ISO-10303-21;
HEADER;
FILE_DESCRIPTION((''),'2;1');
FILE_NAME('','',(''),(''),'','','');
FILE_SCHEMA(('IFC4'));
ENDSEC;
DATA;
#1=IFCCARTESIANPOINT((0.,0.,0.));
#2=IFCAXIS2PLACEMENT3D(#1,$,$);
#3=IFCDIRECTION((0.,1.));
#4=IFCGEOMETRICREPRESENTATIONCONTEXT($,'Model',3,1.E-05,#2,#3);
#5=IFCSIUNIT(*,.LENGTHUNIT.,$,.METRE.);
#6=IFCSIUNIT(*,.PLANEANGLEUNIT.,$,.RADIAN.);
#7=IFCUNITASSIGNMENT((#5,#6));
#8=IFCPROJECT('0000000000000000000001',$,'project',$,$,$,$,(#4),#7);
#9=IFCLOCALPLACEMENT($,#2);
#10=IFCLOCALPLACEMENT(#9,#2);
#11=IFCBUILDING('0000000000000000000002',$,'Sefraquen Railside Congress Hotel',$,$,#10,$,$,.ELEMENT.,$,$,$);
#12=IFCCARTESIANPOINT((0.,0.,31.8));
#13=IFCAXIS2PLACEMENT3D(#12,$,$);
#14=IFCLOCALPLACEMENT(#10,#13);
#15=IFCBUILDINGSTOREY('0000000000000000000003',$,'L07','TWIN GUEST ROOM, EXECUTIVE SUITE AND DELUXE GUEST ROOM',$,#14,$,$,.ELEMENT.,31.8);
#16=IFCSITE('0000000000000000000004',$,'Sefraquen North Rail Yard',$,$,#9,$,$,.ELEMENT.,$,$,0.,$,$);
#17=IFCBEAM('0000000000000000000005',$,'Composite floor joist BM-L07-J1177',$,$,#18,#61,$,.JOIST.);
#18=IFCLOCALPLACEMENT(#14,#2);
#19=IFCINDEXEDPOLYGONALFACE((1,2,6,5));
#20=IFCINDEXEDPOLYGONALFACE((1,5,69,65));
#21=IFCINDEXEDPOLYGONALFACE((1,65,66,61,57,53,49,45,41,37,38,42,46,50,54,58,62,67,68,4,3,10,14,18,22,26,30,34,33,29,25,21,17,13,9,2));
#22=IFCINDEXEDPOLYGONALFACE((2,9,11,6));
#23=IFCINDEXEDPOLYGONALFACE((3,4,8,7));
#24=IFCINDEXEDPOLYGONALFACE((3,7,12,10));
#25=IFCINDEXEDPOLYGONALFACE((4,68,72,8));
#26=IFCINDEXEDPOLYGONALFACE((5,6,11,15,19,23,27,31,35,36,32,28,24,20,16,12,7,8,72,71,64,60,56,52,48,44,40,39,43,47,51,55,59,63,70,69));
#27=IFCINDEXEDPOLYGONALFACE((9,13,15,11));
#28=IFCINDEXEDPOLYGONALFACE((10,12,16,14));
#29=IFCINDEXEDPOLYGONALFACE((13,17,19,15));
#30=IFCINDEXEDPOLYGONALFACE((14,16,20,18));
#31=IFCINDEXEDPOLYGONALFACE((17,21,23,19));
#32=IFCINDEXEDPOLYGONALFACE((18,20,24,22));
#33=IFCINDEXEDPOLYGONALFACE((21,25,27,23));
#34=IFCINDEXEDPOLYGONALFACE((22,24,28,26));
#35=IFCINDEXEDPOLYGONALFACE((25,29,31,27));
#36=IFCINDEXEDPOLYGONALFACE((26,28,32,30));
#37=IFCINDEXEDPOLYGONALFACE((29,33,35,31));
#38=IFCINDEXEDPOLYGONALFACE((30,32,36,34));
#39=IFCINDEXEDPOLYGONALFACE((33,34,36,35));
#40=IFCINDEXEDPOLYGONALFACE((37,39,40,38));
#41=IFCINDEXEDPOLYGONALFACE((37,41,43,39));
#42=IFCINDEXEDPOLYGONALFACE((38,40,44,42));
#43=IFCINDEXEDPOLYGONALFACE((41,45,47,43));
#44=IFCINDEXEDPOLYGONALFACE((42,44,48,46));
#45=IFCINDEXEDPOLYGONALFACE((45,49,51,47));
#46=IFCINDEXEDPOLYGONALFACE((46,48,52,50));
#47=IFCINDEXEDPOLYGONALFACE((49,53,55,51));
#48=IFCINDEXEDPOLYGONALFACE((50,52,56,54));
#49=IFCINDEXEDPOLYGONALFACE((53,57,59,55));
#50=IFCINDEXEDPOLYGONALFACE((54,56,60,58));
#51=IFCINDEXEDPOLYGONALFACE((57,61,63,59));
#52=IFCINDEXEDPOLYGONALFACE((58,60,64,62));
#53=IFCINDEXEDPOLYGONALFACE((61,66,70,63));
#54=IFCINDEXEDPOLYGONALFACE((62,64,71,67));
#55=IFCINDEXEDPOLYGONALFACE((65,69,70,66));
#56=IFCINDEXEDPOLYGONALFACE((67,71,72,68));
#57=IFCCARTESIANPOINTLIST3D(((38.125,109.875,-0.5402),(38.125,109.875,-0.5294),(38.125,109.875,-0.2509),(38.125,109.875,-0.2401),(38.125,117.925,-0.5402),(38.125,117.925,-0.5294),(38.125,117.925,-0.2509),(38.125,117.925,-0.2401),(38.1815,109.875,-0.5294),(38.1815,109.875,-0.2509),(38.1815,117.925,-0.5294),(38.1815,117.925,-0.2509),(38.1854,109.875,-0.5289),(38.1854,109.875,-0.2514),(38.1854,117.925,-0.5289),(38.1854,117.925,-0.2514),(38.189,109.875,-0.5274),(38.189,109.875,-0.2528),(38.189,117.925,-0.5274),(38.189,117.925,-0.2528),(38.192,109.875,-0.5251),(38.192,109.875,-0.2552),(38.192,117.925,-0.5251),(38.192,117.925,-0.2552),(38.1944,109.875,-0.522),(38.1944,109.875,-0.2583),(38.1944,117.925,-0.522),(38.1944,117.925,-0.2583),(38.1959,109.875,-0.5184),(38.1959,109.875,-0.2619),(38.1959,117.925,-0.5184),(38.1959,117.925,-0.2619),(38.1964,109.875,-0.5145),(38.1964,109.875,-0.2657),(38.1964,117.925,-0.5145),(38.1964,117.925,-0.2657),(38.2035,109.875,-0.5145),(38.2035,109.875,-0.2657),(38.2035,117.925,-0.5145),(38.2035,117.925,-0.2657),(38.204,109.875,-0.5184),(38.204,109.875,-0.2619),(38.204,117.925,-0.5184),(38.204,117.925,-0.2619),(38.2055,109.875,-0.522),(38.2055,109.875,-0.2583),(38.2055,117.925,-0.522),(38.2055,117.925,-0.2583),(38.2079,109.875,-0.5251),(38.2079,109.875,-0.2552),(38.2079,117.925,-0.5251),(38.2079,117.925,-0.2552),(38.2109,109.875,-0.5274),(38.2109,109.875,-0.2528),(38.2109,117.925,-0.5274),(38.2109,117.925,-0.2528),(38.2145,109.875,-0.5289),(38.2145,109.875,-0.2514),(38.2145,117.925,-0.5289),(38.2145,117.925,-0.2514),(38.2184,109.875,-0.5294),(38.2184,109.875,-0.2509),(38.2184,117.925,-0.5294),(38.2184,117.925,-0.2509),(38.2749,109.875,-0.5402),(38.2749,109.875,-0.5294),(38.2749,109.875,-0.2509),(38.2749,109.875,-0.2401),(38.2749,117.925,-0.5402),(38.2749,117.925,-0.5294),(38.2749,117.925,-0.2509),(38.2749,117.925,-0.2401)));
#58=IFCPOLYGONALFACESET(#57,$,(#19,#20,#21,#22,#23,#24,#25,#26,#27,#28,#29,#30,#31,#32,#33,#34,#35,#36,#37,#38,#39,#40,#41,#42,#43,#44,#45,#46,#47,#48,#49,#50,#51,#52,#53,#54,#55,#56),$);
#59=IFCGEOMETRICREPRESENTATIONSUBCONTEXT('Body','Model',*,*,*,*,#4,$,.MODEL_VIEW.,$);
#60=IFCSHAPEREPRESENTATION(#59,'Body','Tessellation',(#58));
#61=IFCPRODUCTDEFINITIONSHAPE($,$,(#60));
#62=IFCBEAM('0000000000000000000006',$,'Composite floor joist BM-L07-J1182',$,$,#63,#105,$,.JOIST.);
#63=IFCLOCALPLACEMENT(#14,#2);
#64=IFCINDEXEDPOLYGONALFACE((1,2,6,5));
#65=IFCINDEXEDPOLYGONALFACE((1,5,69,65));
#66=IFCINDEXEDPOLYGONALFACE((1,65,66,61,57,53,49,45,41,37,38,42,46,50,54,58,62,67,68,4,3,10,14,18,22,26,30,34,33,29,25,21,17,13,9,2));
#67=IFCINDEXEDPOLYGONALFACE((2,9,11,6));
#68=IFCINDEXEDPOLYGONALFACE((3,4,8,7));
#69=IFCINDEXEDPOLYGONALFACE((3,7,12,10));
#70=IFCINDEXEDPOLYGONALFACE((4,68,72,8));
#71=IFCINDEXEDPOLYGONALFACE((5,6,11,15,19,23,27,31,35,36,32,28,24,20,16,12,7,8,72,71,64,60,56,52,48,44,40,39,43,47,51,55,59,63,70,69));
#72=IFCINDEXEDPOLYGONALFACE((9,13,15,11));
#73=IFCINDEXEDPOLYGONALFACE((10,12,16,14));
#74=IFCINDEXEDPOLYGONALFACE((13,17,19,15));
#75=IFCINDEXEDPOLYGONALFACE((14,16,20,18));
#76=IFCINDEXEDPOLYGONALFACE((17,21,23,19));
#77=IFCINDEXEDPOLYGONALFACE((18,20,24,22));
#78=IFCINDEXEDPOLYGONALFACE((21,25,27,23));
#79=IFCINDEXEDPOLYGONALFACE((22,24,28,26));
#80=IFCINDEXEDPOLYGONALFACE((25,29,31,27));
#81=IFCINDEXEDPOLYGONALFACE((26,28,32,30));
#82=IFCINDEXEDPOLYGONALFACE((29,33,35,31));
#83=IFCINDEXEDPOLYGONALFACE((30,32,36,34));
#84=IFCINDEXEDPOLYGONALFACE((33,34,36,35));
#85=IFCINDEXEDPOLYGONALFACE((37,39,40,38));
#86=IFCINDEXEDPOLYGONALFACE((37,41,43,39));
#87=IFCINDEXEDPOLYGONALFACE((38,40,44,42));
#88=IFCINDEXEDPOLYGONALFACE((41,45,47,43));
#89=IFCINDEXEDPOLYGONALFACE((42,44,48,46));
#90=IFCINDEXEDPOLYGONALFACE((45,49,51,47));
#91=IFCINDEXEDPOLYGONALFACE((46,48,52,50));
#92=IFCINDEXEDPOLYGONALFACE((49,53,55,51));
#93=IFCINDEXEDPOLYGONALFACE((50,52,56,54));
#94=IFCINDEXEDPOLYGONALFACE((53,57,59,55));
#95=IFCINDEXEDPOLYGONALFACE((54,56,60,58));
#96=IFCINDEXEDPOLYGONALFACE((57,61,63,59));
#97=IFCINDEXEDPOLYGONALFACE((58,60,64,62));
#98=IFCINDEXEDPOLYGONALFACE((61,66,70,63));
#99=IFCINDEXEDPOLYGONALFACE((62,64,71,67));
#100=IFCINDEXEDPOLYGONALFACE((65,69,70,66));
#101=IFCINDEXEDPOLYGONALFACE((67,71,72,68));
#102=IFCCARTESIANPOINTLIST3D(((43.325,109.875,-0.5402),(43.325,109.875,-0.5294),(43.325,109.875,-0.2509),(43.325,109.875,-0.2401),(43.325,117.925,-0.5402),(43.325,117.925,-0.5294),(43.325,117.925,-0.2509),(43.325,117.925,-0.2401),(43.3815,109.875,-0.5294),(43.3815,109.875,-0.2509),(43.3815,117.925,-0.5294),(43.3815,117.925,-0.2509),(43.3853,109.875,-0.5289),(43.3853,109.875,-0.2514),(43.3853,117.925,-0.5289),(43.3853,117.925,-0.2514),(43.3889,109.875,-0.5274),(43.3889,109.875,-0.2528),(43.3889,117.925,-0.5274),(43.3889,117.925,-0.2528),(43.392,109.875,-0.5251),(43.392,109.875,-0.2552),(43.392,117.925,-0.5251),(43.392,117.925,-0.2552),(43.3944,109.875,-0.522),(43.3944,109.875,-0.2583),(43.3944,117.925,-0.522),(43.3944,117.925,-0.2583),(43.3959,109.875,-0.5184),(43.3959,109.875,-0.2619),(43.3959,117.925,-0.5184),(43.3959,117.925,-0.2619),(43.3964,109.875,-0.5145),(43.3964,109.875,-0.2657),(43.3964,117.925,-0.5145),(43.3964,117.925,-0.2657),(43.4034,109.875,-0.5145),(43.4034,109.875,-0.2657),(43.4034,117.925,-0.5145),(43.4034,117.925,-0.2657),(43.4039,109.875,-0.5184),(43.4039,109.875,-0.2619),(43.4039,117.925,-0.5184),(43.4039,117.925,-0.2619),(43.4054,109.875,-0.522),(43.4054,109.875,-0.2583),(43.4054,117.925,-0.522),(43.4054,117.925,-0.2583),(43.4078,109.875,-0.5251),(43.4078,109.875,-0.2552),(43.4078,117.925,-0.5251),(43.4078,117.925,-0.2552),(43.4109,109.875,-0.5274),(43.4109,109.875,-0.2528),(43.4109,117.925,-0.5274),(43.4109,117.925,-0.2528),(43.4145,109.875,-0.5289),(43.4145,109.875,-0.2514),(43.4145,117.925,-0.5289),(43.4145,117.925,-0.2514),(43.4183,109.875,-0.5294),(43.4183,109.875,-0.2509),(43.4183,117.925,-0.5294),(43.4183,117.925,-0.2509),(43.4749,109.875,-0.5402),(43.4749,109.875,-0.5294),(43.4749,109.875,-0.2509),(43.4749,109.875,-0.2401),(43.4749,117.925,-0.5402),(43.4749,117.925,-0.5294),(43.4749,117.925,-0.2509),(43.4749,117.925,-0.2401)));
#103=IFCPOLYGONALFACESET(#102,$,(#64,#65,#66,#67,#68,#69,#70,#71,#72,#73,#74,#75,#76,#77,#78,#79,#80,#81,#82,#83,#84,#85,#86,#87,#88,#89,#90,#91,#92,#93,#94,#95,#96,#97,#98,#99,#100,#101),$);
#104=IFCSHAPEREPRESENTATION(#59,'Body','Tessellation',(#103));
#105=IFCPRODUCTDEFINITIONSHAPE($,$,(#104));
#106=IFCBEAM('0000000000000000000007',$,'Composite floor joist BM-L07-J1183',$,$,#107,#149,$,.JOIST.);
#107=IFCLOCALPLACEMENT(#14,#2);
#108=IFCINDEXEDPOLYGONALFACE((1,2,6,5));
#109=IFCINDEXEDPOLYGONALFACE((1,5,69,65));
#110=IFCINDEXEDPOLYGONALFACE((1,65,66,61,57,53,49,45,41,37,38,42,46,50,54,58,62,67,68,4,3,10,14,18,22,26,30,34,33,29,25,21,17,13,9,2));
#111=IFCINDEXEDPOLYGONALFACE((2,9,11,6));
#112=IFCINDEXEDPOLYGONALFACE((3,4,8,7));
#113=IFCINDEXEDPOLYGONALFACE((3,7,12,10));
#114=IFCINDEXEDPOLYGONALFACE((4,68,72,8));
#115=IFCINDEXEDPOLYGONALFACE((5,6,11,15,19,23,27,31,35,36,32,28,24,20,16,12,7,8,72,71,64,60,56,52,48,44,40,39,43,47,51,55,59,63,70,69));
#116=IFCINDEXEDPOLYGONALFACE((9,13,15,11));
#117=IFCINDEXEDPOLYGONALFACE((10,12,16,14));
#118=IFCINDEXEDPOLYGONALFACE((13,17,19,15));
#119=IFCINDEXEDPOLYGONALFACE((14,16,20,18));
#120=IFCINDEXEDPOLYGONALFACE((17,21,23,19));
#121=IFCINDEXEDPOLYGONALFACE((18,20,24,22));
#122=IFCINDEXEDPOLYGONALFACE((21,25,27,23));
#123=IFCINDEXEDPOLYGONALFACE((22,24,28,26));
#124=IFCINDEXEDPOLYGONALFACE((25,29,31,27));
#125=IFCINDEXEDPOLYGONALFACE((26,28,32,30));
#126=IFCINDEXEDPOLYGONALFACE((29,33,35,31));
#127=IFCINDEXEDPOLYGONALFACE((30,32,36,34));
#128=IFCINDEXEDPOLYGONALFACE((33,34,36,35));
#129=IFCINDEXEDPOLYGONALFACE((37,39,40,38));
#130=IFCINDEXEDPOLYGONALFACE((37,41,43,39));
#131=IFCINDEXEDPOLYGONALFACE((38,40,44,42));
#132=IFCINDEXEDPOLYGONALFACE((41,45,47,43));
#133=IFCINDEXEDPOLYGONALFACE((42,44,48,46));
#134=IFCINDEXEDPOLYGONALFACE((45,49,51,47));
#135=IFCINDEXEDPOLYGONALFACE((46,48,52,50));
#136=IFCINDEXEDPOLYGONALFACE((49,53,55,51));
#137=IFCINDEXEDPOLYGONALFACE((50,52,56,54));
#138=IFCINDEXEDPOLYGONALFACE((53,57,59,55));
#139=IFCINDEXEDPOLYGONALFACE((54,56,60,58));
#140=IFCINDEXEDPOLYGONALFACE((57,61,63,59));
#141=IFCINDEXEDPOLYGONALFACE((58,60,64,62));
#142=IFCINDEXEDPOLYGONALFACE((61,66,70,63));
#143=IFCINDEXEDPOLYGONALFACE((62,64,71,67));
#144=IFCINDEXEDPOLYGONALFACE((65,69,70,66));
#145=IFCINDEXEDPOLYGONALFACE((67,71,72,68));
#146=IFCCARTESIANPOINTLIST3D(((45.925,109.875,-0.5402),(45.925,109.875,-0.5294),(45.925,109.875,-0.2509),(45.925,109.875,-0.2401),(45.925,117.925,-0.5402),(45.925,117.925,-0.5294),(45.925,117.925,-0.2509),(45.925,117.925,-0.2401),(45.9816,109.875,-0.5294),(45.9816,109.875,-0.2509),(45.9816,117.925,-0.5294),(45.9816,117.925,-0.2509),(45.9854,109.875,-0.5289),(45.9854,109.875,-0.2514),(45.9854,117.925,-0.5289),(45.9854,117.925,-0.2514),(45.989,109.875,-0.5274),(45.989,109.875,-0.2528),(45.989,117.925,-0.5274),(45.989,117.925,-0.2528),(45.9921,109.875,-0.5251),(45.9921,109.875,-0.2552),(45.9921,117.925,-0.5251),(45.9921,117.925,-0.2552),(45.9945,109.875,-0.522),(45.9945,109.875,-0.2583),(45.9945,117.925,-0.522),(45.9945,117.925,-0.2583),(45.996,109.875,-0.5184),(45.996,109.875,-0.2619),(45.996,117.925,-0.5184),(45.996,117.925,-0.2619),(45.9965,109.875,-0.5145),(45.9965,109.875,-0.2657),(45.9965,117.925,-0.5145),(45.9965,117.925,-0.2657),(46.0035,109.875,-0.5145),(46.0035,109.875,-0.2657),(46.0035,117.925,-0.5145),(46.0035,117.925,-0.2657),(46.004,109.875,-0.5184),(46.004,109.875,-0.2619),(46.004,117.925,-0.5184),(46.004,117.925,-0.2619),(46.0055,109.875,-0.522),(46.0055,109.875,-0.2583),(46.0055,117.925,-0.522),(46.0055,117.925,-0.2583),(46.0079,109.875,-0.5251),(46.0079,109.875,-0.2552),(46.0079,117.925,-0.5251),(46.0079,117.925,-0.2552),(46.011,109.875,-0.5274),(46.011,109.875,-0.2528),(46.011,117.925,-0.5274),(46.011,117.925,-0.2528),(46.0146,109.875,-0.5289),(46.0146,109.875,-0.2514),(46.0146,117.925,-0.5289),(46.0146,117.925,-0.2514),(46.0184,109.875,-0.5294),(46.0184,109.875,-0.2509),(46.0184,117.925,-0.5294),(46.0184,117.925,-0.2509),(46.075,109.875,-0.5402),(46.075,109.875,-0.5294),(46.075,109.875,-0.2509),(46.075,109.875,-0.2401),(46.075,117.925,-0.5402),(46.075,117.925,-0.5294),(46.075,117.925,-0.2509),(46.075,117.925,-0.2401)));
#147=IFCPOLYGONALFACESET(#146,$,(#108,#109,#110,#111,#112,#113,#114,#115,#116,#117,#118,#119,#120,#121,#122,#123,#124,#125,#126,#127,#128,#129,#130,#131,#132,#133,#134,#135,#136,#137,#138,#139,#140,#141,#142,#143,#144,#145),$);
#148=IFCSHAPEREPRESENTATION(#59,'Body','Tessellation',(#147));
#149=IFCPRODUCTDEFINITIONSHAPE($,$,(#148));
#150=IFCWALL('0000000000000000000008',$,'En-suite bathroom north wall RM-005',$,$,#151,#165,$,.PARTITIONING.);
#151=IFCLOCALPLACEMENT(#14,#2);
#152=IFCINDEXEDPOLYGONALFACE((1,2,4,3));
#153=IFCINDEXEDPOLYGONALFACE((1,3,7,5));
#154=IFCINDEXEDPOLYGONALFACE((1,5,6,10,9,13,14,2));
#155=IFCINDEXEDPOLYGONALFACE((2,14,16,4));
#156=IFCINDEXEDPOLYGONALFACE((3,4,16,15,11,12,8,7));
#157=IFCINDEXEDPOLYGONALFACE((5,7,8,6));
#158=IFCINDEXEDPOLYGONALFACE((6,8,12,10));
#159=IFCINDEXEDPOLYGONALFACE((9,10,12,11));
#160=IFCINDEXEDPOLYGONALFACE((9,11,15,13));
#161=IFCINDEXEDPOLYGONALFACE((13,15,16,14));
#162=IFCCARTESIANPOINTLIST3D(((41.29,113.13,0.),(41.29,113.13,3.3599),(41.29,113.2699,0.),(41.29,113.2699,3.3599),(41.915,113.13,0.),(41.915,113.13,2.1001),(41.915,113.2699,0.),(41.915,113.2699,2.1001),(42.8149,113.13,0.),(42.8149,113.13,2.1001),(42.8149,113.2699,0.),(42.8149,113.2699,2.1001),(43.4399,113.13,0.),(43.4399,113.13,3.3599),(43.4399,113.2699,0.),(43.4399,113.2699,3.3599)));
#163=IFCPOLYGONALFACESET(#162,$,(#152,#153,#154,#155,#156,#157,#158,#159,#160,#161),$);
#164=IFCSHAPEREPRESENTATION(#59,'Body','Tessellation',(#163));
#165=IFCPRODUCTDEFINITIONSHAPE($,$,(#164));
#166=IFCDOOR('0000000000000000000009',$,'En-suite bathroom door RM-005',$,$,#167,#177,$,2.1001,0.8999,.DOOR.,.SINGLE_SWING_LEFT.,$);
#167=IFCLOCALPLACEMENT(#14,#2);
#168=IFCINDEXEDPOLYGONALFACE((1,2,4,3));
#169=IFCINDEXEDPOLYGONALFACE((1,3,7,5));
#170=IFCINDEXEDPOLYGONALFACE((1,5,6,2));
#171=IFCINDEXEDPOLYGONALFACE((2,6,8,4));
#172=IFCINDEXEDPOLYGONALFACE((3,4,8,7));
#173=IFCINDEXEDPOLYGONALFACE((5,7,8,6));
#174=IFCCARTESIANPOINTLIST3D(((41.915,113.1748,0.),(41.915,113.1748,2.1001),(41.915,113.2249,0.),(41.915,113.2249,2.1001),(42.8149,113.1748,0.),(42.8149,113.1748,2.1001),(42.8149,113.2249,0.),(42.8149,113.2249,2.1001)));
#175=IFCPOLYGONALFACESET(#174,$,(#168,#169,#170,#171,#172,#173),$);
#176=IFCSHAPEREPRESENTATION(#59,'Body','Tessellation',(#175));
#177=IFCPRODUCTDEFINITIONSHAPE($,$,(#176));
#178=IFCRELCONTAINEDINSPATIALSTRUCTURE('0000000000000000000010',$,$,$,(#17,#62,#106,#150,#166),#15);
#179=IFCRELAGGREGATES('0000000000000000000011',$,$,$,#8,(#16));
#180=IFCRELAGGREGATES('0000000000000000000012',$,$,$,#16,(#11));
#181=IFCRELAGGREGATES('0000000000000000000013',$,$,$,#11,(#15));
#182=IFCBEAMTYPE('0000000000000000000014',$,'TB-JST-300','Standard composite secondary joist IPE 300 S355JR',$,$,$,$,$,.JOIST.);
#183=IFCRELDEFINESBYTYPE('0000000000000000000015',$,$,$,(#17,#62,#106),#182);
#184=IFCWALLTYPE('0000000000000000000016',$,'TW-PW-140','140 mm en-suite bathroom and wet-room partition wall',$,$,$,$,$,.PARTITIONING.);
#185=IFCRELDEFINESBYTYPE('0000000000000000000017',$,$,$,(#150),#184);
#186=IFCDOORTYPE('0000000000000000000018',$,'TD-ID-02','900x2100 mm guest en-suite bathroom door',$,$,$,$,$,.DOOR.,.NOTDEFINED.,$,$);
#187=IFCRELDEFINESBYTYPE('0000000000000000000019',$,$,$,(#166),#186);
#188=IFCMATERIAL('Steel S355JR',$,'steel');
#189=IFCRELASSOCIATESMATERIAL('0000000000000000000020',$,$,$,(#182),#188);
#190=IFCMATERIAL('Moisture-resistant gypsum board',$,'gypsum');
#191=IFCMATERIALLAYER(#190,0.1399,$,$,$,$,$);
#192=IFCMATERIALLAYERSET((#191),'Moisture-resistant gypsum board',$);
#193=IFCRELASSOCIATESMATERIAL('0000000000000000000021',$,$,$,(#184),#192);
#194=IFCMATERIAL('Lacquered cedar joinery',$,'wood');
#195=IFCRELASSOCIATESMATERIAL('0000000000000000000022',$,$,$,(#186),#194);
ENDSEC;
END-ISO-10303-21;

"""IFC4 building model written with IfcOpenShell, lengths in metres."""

from ifc_helpers import new_model, si_unit, direction, frame, frame_2d, origin, origin_2d, place, context, subcontext, project, spatial, rectangle, i_section, extrude, material, layer, layer_set, material_profile, profile_set, type_object, element, fill, save


model = new_model("IFC4")

# Units and contexts
model_context = context("Model", 3, precision=1e-05, world=origin(), true_north=direction((0.0, 1.0)))
body_context = subcontext(model_context, "Body", "Model", "MODEL_VIEW")
ifc_project = project(units=[si_unit("LENGTHUNIT", "METRE"), si_unit("PLANEANGLEUNIT", "RADIAN")], contexts=[model_context])

# Site, building, storey
site_placement = place(None, origin())
site = spatial("IfcSite", under=ifc_project, at=site_placement, Name="Sefraquen North Rail Yard", CompositionType="ELEMENT", RefElevation=0.0)
building_placement = place(site_placement, origin())
building = spatial("IfcBuilding", under=site, at=building_placement, Name="Sefraquen Railside Congress Hotel", CompositionType="ELEMENT")
storey_placement = place(building_placement, frame((0.0, 0.0, 31.8)))
storey = spatial("IfcBuildingStorey", under=building, at=storey_placement, Name="L07", Description="TWIN GUEST ROOM, EXECUTIVE SUITE AND DELUXE GUEST ROOM", CompositionType="ELEMENT", Elevation=31.8)

# Shared definitions
ifc_material_1 = material(Name="Steel S355JR", Category="steel")

# Beams
ifc_material_profile_1 = material_profile(ifc_material_1, i_section(OverallWidth=0.1499, OverallDepth=0.3, WebThickness=0.0071, FlangeThickness=0.0107, FilletRadius=0.0149, at=origin_2d()), Name="IPE 300")
ifc_profile_set_1 = profile_set([ifc_material_profile_1], Name="Steel S355JR")
beam_type_1 = type_object("IfcBeamType", Name="TB-JST-300", Description="Standard composite secondary joist IPE 300 S355JR", PredefinedType="JOIST", material=ifc_profile_set_1)
for number, where, z_axis, x_axis, name in (
    (1, (38.2, 109.875, -0.3901), (0.0, 1.0, 0.0), (-1.0, 0.0, 0.0), "Composite floor joist BM-L07-J1177"),
    (2, (43.3999, 109.875, -0.3901), (0.0, 1.0, 0.0), (-1.0, 0.0, 0.0), "Composite floor joist BM-L07-J1182"),
    (3, (46.0, 109.875, -0.3901), (0.0, 1.0, 0.0), (-1.0, 0.0, 0.0), "Composite floor joist BM-L07-J1183"),
):
    element("IfcBeam", number, at=place(storey_placement, frame(where, z_axis=z_axis, x_axis=x_axis)), inside=storey, type_object=beam_type_1, Name=name, PredefinedType="JOIST", context=body_context, shape_type="SweptSolid", body=[
        extrude(i_section(OverallWidth=0.1499, OverallDepth=0.3, WebThickness=0.0071, FlangeThickness=0.0107, FilletRadius=0.0149, at=origin_2d()), origin(), (0.0, 0.0, 1.0), 8.05),
    ])

# Wall, opening, door
ifc_material_2 = material(Name="Moisture-resistant gypsum board", Category="gypsum")
ifc_layer = layer(ifc_material_2, 0.1399)
ifc_layer_set = layer_set([ifc_layer], Name="Moisture-resistant gypsum board")
wall_type = type_object("IfcWallType", Name="TW-PW-140", Description="140 mm en-suite bathroom and wet-room partition wall", PredefinedType="PARTITIONING", material=ifc_layer_set)
ifc_material_3 = material(Name="Lacquered cedar joinery", Category="wood")
wall_1_placement = place(storey_placement, frame((41.29, 113.2, 0.0), z_axis=(0.0, 0.0, 1.0), x_axis=(1.0, 0.0, 0.0)))
wall_1 = element("IfcWall", 4, at=wall_1_placement, inside=storey, type_object=wall_type, Name="En-suite bathroom north wall RM-005", PredefinedType="PARTITIONING", context=body_context, shape_type="SweptSolid", body=[
    extrude(rectangle(XDim=2.1499, YDim=0.1399, at=frame_2d((1.075, 0.0))), origin(), (0.0, 0.0, 1.0), 3.3599),
])
opening_1_placement = place(wall_1_placement, frame((0.625, 0.0, 0.0)))
opening_1 = element("IfcOpeningElement", 5, at=opening_1_placement, cuts=wall_1, PredefinedType="OPENING", context=body_context, shape_type="SweptSolid", body=[
    extrude(rectangle(XDim=0.8999, YDim=2.1001, at=frame_2d((0.45, 1.05))), frame((0.0, 0.0798, 0.0), z_axis=(0.0, -1.0, 0.0), x_axis=(1.0, 0.0, 0.0)), (0.0, 0.0, 1.0), 0.1599),
])
door_type_1 = type_object("IfcDoorType", Name="TD-ID-02", Description="900x2100 mm guest en-suite bathroom door", OperationType="NOTDEFINED", PredefinedType="DOOR", material=ifc_material_3)
door_1_placement = place(opening_1_placement, origin())
door_1 = element("IfcDoor", 6, at=door_1_placement, inside=storey, type_object=door_type_1, Name="En-suite bathroom door RM-005", OperationType="SINGLE_SWING_LEFT", OverallHeight=2.1001, OverallWidth=0.8999, PredefinedType="DOOR", context=body_context, shape_type="SweptSolid", body=[
    extrude(rectangle(XDim=0.8999, YDim=2.1001, at=frame_2d((0.45, 1.05))), frame((0.0, 0.0249, 0.0), z_axis=(0.0, -1.0, 0.0), x_axis=(1.0, 0.0, 0.0)), (0.0, 0.0, 1.0), 0.05),
])
fill(opening_1, door_1)

save(model, "model.ifc")
